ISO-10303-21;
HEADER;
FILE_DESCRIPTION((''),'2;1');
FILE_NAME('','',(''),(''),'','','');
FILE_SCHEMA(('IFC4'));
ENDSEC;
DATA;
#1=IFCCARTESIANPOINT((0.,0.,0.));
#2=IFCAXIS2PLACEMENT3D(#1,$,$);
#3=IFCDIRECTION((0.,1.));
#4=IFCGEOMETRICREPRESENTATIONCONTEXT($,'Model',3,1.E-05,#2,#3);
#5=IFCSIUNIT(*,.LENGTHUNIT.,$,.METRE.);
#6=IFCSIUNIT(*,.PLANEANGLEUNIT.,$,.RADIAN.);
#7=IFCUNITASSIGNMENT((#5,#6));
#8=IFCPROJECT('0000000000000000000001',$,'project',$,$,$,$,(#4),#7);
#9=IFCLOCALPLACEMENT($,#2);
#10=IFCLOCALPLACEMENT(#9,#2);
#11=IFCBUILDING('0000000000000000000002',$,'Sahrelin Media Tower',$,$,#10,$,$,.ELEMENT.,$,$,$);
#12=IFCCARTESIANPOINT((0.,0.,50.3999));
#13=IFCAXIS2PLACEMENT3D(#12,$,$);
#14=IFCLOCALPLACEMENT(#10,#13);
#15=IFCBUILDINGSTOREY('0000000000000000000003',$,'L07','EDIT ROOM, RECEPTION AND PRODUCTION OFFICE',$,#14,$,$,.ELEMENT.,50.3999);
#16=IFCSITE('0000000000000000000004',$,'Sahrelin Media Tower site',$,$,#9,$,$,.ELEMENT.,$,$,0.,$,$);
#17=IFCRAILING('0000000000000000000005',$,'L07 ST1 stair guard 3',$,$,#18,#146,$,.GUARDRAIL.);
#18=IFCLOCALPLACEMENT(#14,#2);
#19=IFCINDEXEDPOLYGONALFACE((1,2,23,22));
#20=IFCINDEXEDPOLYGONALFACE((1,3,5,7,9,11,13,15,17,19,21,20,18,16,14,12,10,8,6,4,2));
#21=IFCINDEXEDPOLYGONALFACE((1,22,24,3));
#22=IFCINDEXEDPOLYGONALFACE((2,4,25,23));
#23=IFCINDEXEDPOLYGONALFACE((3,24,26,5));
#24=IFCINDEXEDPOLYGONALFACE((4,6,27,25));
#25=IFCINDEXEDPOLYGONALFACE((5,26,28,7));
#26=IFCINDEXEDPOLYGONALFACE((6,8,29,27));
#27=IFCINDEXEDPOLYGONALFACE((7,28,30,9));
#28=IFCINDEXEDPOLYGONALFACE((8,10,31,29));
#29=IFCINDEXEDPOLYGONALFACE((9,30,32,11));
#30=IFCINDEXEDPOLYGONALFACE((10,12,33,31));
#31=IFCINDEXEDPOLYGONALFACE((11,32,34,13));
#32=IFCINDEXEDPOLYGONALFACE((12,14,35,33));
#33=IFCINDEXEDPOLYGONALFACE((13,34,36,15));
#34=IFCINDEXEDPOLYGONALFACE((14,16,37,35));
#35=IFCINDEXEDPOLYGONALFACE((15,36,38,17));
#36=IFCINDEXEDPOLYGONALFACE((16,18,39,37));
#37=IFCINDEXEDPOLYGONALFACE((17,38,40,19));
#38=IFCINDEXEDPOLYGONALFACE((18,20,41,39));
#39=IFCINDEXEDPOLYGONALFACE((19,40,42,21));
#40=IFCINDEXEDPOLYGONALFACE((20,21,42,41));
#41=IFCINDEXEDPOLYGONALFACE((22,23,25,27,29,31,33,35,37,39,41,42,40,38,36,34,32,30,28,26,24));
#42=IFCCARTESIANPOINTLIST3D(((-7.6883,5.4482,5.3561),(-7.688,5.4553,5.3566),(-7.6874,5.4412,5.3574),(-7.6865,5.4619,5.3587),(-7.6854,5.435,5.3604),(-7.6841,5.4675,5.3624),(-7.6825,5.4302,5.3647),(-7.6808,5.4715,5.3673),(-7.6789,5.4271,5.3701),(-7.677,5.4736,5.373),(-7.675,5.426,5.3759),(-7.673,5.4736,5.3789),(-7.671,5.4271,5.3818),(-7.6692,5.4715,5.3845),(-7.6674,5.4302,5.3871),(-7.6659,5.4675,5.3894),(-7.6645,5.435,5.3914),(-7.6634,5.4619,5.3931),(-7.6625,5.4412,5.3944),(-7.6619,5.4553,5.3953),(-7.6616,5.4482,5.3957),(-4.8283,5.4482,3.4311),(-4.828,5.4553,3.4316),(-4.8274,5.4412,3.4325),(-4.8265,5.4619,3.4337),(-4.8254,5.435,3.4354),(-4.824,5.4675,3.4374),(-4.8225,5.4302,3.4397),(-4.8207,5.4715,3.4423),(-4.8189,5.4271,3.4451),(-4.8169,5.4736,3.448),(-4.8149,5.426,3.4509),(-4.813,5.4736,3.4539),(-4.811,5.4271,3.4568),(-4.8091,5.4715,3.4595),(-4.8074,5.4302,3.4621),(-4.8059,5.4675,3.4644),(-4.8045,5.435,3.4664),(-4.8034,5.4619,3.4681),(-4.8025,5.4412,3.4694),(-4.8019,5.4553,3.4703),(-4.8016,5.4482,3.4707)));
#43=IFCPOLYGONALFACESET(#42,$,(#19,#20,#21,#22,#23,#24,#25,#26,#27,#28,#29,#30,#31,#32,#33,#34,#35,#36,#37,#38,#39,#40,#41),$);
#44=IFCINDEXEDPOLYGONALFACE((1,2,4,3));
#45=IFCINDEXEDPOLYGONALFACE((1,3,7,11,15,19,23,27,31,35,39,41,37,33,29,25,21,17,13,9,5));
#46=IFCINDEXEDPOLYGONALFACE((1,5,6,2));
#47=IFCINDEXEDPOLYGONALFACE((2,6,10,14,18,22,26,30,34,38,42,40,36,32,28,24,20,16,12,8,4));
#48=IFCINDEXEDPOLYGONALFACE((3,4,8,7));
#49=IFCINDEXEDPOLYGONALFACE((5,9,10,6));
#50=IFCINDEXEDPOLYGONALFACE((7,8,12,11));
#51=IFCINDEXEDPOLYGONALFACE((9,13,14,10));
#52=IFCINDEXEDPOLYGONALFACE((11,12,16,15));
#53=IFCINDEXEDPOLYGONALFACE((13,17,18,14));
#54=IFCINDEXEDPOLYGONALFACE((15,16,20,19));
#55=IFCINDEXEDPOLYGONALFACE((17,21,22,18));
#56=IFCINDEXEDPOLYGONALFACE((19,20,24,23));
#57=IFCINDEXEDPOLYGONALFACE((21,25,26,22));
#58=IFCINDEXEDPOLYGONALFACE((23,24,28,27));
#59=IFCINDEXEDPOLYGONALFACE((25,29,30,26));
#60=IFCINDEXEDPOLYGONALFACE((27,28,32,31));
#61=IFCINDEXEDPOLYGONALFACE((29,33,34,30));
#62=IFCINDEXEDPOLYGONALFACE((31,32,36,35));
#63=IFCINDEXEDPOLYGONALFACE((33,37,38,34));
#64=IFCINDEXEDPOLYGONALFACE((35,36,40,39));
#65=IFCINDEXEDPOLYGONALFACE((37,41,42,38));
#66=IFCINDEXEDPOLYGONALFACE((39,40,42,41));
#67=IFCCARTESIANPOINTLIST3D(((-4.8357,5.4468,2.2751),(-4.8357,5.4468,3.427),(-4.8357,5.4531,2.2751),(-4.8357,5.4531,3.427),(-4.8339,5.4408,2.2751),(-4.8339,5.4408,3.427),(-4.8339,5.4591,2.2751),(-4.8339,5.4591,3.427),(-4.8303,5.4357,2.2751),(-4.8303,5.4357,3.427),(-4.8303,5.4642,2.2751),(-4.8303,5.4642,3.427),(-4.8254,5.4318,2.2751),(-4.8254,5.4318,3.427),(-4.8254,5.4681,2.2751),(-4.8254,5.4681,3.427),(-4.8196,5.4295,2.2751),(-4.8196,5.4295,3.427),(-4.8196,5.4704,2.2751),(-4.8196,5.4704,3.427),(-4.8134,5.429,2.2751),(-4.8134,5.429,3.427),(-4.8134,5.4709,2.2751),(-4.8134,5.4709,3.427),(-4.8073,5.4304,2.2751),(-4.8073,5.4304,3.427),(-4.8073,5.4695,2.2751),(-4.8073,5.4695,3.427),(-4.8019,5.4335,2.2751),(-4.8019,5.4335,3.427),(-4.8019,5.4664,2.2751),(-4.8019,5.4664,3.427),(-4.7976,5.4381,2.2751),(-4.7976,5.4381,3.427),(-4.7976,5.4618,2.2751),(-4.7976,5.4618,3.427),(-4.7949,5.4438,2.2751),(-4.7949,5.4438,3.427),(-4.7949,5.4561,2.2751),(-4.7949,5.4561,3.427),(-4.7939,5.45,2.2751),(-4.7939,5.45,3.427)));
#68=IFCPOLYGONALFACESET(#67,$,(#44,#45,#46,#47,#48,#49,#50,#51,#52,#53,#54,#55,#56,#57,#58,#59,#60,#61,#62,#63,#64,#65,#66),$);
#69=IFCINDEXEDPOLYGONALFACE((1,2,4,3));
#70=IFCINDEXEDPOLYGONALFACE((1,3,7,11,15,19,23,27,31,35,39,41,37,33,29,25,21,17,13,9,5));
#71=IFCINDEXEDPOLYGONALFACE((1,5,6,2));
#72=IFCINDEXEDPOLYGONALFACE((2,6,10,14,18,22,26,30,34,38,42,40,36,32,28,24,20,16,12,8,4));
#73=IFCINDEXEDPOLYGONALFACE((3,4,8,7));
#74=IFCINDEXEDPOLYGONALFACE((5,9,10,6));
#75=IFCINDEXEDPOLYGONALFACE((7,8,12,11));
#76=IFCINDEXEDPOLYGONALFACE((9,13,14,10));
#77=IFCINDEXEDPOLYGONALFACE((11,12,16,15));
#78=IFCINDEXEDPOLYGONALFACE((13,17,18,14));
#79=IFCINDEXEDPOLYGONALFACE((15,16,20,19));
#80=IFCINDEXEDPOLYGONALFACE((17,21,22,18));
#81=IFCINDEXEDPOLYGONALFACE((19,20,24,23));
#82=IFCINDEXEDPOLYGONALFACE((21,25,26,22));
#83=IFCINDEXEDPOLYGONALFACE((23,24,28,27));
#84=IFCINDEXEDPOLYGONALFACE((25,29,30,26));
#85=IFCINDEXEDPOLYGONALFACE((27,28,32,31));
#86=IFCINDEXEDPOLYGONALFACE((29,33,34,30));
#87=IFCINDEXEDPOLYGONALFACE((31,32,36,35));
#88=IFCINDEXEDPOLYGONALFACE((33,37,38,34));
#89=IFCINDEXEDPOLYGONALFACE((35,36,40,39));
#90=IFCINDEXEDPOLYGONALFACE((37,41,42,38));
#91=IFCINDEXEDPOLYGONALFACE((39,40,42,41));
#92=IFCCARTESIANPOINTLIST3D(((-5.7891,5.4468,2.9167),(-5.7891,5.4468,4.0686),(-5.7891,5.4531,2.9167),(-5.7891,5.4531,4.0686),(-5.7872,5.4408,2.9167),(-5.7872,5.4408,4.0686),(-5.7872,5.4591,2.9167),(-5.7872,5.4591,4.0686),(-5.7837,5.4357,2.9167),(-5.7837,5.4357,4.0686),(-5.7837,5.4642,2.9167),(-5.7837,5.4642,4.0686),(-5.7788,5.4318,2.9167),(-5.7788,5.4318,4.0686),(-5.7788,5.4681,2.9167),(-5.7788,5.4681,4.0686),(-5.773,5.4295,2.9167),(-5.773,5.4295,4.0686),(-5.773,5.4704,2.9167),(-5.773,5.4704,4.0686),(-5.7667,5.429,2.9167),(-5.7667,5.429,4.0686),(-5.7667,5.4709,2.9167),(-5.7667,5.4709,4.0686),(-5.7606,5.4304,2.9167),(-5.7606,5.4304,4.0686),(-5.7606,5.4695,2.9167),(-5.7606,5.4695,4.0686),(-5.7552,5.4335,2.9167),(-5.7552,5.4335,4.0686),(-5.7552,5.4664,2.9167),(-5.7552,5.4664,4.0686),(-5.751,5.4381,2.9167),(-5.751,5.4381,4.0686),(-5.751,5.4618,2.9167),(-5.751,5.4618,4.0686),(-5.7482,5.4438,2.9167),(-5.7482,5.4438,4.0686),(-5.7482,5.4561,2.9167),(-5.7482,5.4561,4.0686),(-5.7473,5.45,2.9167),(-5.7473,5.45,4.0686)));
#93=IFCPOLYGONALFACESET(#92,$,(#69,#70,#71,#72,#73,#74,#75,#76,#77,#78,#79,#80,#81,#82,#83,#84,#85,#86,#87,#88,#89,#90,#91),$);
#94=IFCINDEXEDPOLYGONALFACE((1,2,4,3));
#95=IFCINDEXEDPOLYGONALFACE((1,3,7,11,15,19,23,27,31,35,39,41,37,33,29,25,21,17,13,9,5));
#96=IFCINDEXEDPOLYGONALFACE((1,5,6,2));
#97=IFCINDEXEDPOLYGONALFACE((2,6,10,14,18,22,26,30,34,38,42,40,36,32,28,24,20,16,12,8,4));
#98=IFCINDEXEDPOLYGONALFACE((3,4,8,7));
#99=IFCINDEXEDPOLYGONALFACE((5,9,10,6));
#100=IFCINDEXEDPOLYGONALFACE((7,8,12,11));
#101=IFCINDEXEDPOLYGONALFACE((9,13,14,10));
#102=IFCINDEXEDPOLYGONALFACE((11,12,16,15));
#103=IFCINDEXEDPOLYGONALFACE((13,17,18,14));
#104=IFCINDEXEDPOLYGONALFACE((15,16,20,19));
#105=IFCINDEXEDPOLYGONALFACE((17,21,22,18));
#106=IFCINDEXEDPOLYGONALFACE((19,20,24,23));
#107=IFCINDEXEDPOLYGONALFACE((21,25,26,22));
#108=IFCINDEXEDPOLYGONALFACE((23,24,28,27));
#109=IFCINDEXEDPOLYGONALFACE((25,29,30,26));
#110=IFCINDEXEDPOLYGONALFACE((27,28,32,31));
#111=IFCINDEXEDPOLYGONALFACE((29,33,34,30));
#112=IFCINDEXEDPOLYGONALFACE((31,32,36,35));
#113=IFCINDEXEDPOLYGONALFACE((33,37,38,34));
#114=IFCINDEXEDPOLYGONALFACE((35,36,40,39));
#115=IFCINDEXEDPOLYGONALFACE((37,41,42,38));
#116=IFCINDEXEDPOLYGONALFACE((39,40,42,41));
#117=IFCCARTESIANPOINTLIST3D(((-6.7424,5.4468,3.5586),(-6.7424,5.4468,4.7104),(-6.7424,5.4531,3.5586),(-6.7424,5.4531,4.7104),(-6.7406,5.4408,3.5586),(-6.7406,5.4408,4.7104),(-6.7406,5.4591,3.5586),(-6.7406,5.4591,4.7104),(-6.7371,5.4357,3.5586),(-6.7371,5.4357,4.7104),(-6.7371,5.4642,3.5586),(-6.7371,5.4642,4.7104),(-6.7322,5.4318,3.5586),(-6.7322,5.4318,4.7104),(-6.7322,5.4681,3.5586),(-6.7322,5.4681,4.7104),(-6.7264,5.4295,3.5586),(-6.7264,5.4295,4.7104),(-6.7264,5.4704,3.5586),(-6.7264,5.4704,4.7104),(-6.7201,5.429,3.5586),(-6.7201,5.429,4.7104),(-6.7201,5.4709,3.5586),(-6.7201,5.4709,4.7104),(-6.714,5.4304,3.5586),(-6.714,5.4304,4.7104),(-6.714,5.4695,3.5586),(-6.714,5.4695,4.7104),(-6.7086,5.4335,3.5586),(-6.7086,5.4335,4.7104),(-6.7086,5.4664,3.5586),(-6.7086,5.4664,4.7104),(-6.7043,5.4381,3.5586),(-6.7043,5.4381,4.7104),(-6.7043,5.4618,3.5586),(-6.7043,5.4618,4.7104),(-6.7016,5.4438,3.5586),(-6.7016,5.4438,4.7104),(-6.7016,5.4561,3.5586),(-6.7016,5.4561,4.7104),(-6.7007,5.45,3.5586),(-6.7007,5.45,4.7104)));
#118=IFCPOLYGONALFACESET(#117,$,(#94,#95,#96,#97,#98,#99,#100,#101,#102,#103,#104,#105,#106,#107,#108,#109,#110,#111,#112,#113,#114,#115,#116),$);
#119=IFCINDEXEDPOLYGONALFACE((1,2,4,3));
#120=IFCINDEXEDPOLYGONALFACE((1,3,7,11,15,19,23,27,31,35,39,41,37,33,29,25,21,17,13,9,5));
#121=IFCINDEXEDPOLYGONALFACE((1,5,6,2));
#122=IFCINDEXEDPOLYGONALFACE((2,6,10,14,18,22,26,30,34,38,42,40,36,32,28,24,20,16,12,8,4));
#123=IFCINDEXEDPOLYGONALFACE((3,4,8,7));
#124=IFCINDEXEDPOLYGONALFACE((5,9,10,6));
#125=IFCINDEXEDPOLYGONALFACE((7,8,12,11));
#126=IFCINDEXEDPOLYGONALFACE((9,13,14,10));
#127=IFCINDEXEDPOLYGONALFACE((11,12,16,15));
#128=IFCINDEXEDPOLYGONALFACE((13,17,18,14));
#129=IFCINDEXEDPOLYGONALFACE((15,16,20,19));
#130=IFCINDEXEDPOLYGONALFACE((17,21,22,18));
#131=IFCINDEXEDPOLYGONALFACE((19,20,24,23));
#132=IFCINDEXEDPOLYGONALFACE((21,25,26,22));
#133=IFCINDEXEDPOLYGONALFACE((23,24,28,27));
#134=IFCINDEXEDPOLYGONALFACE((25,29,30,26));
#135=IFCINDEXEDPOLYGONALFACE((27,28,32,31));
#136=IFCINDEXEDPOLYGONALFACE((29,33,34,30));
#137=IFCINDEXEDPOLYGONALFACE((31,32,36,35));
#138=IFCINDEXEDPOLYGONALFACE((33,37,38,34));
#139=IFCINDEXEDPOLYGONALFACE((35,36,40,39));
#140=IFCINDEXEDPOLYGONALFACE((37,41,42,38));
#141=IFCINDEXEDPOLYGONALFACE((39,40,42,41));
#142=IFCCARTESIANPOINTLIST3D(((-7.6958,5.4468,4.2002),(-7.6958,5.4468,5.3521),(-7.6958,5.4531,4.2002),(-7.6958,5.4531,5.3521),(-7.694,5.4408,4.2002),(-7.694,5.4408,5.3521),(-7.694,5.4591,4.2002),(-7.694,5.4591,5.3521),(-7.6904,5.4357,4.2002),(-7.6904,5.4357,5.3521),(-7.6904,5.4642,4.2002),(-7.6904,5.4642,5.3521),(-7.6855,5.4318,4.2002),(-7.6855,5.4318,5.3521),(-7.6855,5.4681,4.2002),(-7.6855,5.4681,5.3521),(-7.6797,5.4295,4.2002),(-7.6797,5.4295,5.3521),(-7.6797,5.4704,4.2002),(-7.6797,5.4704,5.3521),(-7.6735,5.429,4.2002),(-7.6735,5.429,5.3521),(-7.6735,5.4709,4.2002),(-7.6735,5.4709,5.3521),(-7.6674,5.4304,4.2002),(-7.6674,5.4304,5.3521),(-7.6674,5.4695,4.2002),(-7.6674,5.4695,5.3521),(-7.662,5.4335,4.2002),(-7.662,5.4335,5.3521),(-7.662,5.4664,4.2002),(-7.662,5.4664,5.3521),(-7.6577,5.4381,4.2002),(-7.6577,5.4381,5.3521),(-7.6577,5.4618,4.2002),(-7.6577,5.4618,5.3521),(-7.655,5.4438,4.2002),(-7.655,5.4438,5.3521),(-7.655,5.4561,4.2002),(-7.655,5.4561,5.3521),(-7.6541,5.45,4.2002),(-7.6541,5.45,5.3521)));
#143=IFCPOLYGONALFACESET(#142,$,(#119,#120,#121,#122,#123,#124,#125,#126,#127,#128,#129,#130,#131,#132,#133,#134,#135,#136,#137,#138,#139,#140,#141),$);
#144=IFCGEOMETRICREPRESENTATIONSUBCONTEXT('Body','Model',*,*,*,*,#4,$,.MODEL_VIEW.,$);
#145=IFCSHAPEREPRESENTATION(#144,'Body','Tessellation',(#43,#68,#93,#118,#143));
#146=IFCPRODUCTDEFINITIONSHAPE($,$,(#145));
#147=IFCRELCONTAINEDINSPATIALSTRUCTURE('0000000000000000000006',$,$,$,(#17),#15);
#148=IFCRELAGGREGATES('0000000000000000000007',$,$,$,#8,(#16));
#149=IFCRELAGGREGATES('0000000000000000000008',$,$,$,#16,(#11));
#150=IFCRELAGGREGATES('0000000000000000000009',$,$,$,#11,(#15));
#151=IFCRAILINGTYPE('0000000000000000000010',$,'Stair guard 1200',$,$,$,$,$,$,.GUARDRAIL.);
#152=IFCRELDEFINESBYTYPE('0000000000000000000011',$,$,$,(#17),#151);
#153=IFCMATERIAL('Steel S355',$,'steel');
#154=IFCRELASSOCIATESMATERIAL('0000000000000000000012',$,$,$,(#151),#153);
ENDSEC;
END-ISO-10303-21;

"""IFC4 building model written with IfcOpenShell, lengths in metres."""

from ifc_helpers import new_model, si_unit, direction, frame, origin, origin_2d, place, context, subcontext, project, spatial, circle, extrude, material, type_object, element, save


model = new_model("IFC4")

# Units and contexts
model_context = context("Model", 3, precision=1e-05, world=origin(), true_north=direction((0.0, 1.0)))
body_context = subcontext(model_context, "Body", "Model", "MODEL_VIEW")
ifc_project = project(units=[si_unit("LENGTHUNIT", "METRE"), si_unit("PLANEANGLEUNIT", "RADIAN")], contexts=[model_context])

# Site, building, storey
site_placement = place(None, origin())
site = spatial("IfcSite", under=ifc_project, at=site_placement, Name="Sahrelin Media Tower site", CompositionType="ELEMENT", RefElevation=0.0)
building_placement = place(site_placement, origin())
building = spatial("IfcBuilding", under=site, at=building_placement, Name="Sahrelin Media Tower", CompositionType="ELEMENT")
storey_placement = place(building_placement, frame((0.0, 0.0, 50.3999)))
storey = spatial("IfcBuildingStorey", under=building, at=storey_placement, Name="L07", Description="EDIT ROOM, RECEPTION AND PRODUCTION OFFICE", CompositionType="ELEMENT", Elevation=50.3999)

# Shared definitions
ifc_material_1 = material(Name="Steel S355", Category="steel")

# Railing
railing_type_1 = type_object("IfcRailingType", Name="Stair guard 1200", PredefinedType="GUARDRAIL", material=ifc_material_1)
railing_1_placement = place(storey_placement, frame((-4.8149, 5.45, 2.2751)))
element("IfcRailing", 1, at=railing_1_placement, inside=storey, type_object=railing_type_1, Name="L07 ST1 stair guard 3", PredefinedType="GUARDRAIL", context=body_context, shape_type="SweptSolid", body=[
    extrude(circle(Radius=0.0239, at=origin_2d()), frame((0.0, 0.0, 1.1758), z_axis=(-0.829591, 0.0, 0.558372), x_axis=(0.0, -1.0, 0.0)), (0.0, 0.0, 1.0), 3.4475),
    extrude(circle(Radius=0.021, at=origin_2d()), origin(), (0.0, 0.0, 1.0), 1.1519),
    extrude(circle(Radius=0.021, at=origin_2d()), frame((-0.9534, 0.0, 0.6416)), (0.0, 0.0, 1.0), 1.1519),
    extrude(circle(Radius=0.021, at=origin_2d()), frame((-1.9067, 0.0, 1.2834)), (0.0, 0.0, 1.0), 1.1519),
    extrude(circle(Radius=0.021, at=origin_2d()), frame((-2.8601, 0.0, 1.925)), (0.0, 0.0, 1.0), 1.1519),
])

save(model, "model.ifc")
